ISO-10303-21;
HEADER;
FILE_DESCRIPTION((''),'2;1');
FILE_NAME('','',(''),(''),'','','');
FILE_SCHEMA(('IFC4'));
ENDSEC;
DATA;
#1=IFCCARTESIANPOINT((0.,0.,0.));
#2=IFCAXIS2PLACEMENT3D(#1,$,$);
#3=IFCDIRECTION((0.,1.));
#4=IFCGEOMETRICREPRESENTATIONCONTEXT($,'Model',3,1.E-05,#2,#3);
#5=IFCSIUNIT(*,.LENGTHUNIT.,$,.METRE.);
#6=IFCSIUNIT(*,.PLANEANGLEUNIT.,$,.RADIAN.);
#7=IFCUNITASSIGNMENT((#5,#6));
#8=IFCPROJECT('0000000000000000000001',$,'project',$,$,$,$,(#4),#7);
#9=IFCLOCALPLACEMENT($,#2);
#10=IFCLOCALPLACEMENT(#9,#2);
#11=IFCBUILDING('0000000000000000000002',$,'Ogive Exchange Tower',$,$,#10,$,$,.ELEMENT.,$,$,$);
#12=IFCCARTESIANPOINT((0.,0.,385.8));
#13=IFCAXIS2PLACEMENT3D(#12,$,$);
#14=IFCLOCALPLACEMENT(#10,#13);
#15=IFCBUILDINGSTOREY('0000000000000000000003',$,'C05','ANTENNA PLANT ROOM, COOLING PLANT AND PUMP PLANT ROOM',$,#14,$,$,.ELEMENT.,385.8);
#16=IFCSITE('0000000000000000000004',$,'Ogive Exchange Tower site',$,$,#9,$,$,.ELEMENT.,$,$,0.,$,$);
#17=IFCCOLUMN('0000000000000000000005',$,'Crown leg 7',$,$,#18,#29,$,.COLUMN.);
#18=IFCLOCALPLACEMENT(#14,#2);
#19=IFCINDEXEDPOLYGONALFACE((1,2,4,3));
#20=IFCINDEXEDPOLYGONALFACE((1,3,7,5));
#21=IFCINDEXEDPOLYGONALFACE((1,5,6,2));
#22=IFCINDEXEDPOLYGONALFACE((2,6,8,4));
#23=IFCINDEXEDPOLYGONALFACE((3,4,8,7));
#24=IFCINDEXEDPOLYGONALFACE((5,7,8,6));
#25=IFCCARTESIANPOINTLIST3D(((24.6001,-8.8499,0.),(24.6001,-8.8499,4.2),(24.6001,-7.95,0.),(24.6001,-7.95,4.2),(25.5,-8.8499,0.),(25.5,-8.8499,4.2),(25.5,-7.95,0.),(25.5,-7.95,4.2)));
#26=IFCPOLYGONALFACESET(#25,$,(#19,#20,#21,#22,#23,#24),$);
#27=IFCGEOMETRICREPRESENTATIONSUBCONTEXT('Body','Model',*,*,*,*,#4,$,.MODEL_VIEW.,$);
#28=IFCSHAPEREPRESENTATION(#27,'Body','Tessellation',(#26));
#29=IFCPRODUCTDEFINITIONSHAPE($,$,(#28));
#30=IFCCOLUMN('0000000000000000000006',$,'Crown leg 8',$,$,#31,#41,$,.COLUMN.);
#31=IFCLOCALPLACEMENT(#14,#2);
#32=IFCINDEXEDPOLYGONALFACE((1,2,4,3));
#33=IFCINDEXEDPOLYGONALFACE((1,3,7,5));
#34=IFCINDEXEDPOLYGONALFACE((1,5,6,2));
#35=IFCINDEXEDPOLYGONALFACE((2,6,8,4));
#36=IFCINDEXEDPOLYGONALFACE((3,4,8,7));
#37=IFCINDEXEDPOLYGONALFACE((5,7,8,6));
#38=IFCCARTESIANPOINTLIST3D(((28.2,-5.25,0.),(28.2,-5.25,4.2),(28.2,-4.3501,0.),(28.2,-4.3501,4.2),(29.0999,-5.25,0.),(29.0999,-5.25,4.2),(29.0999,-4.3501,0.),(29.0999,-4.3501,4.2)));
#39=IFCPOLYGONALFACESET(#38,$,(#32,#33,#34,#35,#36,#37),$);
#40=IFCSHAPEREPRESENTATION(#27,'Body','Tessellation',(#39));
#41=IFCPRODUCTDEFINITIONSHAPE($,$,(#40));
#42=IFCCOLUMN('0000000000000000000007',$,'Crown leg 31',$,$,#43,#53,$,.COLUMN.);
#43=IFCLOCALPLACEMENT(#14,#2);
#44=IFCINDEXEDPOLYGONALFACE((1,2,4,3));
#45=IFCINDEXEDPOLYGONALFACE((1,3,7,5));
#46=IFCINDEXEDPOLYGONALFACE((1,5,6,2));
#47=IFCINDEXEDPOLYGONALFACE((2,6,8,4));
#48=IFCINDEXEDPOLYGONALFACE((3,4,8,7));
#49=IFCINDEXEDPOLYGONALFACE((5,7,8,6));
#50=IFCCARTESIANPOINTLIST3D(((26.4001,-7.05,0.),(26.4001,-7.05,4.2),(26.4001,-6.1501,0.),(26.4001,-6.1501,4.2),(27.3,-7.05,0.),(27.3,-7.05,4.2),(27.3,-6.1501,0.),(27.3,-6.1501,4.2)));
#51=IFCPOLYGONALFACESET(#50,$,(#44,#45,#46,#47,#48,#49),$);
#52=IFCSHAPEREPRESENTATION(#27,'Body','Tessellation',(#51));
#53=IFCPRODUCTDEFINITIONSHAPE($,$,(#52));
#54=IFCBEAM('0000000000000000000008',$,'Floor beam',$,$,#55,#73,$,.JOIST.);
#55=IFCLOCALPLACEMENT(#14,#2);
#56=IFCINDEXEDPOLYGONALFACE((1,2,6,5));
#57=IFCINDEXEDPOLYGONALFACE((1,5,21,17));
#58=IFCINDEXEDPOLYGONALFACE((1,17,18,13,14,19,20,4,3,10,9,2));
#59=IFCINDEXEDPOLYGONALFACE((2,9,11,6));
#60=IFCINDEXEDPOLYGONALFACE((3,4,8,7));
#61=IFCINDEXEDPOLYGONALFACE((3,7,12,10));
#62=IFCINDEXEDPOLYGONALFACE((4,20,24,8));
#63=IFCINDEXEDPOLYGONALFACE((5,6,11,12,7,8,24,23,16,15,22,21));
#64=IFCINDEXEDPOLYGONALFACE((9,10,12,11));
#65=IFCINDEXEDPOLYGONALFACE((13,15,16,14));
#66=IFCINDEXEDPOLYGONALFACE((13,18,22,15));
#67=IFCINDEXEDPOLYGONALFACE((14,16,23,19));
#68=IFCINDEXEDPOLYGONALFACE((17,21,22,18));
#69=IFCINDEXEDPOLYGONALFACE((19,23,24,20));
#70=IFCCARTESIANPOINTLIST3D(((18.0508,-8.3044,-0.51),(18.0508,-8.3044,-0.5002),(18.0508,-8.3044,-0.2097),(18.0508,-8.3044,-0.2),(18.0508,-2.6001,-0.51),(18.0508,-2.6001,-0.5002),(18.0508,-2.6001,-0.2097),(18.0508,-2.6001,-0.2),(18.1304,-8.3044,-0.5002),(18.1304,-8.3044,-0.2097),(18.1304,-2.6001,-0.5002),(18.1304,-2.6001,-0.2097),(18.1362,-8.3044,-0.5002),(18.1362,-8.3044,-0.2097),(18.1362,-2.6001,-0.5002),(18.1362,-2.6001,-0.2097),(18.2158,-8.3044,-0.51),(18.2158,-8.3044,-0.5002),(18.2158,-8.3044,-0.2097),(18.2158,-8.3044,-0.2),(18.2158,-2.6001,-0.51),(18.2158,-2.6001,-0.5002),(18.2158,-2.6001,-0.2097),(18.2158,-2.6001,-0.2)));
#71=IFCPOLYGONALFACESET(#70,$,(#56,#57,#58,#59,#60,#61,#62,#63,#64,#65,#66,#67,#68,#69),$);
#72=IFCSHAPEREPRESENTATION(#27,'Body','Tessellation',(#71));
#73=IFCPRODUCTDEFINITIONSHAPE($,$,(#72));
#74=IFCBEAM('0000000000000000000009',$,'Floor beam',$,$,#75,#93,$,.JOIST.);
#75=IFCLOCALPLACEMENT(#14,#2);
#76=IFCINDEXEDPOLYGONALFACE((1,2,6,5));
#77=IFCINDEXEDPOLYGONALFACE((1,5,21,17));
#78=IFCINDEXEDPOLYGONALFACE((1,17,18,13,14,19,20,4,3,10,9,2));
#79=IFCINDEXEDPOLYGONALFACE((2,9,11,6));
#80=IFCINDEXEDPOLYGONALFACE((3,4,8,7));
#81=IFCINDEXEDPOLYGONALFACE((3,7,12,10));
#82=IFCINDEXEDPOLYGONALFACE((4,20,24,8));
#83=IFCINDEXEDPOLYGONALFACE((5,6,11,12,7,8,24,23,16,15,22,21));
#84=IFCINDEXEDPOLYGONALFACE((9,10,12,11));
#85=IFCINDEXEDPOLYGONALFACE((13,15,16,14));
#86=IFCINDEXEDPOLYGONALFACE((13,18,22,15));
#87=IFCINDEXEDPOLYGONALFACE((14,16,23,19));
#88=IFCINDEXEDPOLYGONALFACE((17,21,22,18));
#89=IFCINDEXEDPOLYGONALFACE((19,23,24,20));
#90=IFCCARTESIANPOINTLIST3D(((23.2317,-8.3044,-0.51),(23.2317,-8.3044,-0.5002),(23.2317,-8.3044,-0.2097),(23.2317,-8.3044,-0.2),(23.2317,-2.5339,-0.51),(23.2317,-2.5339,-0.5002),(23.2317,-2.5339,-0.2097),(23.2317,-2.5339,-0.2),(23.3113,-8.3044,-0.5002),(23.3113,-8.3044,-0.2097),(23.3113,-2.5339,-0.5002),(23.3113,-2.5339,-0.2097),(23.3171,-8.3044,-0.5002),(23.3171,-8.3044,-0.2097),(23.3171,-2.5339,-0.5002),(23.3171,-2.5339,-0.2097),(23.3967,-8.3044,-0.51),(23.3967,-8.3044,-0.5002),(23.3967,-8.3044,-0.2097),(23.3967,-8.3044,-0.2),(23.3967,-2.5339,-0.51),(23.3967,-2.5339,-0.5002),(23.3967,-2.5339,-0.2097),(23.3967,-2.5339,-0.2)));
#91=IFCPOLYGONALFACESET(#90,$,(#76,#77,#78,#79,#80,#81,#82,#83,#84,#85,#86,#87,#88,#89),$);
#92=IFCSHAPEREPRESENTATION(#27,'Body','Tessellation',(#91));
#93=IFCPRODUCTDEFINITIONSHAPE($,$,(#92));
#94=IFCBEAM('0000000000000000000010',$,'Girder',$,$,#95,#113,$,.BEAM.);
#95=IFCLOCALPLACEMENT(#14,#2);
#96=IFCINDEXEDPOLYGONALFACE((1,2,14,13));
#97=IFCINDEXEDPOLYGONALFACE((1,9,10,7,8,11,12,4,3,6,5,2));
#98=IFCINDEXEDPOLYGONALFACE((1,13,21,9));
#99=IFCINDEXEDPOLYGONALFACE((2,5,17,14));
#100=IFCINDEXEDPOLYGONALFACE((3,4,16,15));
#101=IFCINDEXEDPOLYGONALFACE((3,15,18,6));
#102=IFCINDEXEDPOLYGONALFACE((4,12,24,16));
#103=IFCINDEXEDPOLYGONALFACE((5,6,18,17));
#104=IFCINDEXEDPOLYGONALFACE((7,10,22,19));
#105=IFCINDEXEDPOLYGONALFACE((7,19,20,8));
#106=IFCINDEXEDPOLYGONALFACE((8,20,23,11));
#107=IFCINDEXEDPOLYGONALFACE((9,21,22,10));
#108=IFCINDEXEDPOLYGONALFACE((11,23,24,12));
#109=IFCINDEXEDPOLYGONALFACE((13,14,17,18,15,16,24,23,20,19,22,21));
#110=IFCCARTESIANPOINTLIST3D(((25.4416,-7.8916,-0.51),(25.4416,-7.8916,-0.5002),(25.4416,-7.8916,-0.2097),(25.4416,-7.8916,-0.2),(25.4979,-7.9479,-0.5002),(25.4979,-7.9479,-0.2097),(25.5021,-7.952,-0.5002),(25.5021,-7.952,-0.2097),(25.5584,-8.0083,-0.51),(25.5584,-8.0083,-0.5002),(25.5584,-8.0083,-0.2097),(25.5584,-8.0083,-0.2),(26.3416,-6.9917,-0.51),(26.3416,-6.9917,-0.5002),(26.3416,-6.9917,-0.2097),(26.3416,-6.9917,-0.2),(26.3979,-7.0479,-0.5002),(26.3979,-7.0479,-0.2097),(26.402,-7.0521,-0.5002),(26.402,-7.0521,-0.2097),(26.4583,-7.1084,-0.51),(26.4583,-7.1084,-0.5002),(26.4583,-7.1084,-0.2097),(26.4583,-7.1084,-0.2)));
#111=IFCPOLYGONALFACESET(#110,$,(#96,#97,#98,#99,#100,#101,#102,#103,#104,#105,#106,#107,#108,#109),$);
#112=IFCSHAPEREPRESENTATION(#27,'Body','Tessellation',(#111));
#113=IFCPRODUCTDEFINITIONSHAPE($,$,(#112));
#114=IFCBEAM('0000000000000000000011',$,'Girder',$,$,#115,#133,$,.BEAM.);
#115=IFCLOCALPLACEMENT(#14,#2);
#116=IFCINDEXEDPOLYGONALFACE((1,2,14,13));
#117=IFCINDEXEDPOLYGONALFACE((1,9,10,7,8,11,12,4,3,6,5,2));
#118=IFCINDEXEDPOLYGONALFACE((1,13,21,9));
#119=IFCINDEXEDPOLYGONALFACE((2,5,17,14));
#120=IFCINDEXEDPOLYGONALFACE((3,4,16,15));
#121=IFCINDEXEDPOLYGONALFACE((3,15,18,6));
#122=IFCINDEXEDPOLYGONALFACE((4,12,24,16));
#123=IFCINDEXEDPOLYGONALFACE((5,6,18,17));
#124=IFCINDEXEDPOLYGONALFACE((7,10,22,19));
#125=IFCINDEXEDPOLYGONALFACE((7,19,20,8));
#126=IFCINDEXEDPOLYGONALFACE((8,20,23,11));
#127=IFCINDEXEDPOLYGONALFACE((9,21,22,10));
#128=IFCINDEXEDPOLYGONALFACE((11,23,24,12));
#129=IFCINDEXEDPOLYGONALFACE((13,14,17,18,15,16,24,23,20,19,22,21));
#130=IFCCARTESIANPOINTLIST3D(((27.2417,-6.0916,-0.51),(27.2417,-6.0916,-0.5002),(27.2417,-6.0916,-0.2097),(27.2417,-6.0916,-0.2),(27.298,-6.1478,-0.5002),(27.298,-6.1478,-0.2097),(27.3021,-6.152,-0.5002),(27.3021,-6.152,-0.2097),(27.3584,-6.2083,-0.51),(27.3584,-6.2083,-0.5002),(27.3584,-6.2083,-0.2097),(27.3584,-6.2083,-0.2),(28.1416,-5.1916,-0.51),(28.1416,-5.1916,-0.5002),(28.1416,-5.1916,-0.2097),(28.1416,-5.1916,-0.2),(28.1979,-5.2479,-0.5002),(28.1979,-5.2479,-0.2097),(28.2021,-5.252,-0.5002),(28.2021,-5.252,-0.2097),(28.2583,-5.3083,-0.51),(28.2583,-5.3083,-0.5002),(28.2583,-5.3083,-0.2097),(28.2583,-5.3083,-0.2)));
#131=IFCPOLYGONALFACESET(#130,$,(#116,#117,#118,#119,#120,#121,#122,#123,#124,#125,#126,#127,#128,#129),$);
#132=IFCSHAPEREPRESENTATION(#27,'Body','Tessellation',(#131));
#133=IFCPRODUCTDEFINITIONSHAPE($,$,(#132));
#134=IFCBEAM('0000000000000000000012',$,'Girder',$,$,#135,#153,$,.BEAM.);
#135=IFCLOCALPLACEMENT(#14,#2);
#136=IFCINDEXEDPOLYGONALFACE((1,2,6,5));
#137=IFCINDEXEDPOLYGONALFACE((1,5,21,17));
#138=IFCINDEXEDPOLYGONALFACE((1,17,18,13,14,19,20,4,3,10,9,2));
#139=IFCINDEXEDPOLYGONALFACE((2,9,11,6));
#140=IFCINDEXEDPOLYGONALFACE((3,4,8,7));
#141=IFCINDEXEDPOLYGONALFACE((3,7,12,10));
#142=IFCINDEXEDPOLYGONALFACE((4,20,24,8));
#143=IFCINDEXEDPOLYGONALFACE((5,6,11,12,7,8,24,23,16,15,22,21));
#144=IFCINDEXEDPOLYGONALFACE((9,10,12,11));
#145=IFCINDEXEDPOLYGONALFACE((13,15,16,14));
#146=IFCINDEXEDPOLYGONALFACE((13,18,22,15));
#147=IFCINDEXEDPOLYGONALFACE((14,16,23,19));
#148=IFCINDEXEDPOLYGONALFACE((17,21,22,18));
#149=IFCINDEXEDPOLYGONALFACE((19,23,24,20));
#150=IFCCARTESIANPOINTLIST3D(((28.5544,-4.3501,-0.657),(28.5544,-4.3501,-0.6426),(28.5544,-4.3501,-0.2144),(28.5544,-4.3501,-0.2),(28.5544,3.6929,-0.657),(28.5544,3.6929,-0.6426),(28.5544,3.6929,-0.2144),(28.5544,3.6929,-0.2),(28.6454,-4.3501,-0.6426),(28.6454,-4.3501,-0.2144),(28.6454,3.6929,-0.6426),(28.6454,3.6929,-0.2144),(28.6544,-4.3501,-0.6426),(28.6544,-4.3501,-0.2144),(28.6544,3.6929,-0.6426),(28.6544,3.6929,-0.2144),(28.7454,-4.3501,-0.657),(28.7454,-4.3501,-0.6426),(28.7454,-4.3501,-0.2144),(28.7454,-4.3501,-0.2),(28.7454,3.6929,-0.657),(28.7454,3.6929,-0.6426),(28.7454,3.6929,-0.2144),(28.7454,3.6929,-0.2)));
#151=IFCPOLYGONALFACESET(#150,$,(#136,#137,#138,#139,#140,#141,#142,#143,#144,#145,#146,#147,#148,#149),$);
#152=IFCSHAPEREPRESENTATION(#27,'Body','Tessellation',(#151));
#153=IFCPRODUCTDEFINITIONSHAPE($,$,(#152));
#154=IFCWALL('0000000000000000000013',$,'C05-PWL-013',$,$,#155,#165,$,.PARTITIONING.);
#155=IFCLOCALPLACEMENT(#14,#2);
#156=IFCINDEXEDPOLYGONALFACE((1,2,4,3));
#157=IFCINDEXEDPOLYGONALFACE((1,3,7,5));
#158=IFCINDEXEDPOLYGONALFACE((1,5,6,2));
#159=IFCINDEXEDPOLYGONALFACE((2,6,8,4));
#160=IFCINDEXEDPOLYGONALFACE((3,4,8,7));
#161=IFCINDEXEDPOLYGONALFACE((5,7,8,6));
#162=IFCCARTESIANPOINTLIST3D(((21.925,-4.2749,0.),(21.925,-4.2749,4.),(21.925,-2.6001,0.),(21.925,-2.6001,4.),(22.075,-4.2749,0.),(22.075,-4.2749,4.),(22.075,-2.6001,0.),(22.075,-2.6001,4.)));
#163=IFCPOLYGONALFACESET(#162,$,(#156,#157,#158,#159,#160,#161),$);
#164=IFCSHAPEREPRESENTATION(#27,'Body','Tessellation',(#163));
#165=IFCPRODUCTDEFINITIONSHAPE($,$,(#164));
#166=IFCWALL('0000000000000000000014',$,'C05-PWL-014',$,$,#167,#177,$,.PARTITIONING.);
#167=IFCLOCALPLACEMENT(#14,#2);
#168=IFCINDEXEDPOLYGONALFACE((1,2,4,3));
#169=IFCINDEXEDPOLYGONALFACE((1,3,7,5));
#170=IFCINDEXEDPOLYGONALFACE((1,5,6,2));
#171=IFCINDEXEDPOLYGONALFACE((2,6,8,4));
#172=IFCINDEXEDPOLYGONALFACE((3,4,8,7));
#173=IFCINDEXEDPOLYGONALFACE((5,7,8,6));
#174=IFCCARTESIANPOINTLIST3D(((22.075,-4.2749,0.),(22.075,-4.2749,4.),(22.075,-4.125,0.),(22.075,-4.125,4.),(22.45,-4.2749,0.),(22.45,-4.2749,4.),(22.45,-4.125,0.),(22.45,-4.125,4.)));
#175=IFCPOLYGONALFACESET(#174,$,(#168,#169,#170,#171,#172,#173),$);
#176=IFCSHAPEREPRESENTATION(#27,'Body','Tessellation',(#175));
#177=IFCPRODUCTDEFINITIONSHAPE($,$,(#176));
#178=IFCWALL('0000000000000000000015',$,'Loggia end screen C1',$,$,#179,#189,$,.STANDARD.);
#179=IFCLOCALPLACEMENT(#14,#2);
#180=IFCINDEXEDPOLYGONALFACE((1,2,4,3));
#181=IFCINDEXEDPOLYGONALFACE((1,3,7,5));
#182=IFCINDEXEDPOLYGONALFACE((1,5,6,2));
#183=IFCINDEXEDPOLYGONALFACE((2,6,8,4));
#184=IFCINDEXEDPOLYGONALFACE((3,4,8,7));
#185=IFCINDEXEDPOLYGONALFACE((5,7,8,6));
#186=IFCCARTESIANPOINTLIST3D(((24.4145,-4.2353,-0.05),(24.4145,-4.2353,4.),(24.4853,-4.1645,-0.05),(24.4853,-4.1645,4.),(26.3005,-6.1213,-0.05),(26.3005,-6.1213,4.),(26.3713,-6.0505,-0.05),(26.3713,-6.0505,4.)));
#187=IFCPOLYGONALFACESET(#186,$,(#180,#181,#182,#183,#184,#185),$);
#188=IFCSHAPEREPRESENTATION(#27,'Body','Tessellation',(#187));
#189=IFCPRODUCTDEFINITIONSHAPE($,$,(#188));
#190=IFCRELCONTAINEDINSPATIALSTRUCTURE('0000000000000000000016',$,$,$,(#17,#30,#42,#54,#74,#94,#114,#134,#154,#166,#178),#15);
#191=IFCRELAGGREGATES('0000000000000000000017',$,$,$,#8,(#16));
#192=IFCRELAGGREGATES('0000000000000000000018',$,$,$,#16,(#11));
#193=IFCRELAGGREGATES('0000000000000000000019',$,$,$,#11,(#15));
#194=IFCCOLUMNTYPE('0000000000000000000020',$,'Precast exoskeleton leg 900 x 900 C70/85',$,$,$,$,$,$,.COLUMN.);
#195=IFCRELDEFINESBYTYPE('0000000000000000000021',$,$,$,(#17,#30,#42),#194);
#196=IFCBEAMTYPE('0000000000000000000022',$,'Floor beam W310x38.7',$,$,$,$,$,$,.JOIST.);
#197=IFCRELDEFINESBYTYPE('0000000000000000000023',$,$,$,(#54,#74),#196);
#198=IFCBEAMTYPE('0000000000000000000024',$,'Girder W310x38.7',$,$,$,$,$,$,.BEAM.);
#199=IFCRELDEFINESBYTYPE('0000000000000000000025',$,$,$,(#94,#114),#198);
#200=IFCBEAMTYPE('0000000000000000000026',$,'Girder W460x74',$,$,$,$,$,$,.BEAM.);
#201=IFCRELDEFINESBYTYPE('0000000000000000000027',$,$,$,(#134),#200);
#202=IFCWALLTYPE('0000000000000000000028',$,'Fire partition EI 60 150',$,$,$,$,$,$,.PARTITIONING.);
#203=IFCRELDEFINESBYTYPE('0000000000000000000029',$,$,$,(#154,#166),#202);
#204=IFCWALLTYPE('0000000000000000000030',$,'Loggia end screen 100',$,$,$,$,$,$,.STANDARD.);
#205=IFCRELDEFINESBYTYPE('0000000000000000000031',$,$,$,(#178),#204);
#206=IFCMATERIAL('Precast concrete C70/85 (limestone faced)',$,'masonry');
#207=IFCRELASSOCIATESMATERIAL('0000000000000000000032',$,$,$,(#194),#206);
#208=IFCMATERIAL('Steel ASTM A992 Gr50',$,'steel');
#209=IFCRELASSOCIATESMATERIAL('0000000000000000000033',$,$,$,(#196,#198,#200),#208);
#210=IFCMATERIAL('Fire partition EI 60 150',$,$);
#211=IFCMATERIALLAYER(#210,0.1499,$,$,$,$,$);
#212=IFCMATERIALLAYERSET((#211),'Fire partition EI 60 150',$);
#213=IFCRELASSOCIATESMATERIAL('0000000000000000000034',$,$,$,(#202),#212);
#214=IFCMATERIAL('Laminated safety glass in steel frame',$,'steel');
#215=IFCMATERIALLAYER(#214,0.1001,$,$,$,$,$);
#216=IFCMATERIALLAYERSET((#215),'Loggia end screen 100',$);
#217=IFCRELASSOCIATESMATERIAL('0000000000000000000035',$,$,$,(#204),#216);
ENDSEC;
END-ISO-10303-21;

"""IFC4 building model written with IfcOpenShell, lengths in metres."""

from ifc_helpers import new_model, si_unit, direction, frame, frame_2d, origin, origin_2d, place, context, subcontext, project, spatial, rectangle, i_section, extrude, material, layer, layer_set, material_profile, profile_set, type_object, element, save


model = new_model("IFC4")

# Units and contexts
model_context = context("Model", 3, precision=1e-05, world=origin(), true_north=direction((0.0, 1.0)))
body_context = subcontext(model_context, "Body", "Model", "MODEL_VIEW")
ifc_project = project(units=[si_unit("LENGTHUNIT", "METRE"), si_unit("PLANEANGLEUNIT", "RADIAN")], contexts=[model_context])

# Site, building, storey
site_placement = place(None, origin())
site = spatial("IfcSite", under=ifc_project, at=site_placement, Name="Ogive Exchange Tower site", CompositionType="ELEMENT", RefElevation=0.0)
building_placement = place(site_placement, origin())
building = spatial("IfcBuilding", under=site, at=building_placement, Name="Ogive Exchange Tower", CompositionType="ELEMENT")
storey_placement = place(building_placement, frame((0.0, 0.0, 385.8)))
storey = spatial("IfcBuildingStorey", under=building, at=storey_placement, Name="C05", Description="ANTENNA PLANT ROOM, COOLING PLANT AND PUMP PLANT ROOM", CompositionType="ELEMENT", Elevation=385.8)

# Columns
ifc_material_1 = material(Name="Precast concrete C70/85 (limestone faced)", Category="masonry")
ifc_material_profile_1 = material_profile(ifc_material_1, rectangle(XDim=0.8999, YDim=0.8999, at=origin_2d()), Name="900 x 900")
ifc_profile_set_1 = profile_set([ifc_material_profile_1], Name="Precast concrete C70/85 (limestone faced)")
column_type = type_object("IfcColumnType", Name="Precast exoskeleton leg 900 x 900 C70/85", PredefinedType="COLUMN", material=ifc_profile_set_1)
for number, where, z_axis, x_axis, name in (
    (1, (25.05, -8.3999, 0.0), (0.0, 0.0, 1.0), (1.0, 0.0, 0.0), "Crown leg 7"),
    (2, (28.6499, -4.8, 0.0), (0.0, 0.0, 1.0), (1.0, 0.0, 0.0), "Crown leg 8"),
    (3, (26.8501, -6.6001, 0.0), (0.0, 0.0, 1.0), (1.0, 0.0, 0.0), "Crown leg 31"),
):
    element("IfcColumn", number, at=place(storey_placement, frame(where, z_axis=z_axis, x_axis=x_axis)), inside=storey, type_object=column_type, Name=name, PredefinedType="COLUMN", context=body_context, shape_type="SweptSolid", body=[
        extrude(rectangle(XDim=0.8999, YDim=0.8999, at=origin_2d()), origin(), (0.0, 0.0, 1.0), 4.2),
    ])

# Beams
ifc_material_2 = material(Name="Steel ASTM A992 Gr50", Category="steel")
ifc_material_profile_2 = material_profile(ifc_material_2, i_section(OverallWidth=0.165, OverallDepth=0.3101, WebThickness=0.0059, FlangeThickness=0.0098, at=origin_2d()), Name="W310x38.7")
ifc_profile_set_2 = profile_set([ifc_material_profile_2], Name="Steel ASTM A992 Gr50")
beam_type_1 = type_object("IfcBeamType", Name="Floor beam W310x38.7", PredefinedType="JOIST", material=ifc_profile_set_2)
beam_1_placement = place(storey_placement, frame((18.1333, -8.3044, -0.355), z_axis=(0.0, 1.0, 0.0), x_axis=(-1.0, 0.0, 0.0)))
element("IfcBeam", 4, at=beam_1_placement, inside=storey, type_object=beam_type_1, Name="Floor beam", PredefinedType="JOIST", context=body_context, shape_type="SweptSolid", body=[
    extrude(i_section(OverallWidth=0.165, OverallDepth=0.3101, WebThickness=0.0059, FlangeThickness=0.0098, at=origin_2d()), origin(), (0.0, 0.0, 1.0), 5.7043),
])
beam_2_placement = place(storey_placement, frame((23.3142, -8.3044, -0.355), z_axis=(0.0, 1.0, 0.0), x_axis=(-1.0, 0.0, 0.0)))
element("IfcBeam", 5, at=beam_2_placement, inside=storey, type_object=beam_type_1, Name="Floor beam", PredefinedType="JOIST", context=body_context, shape_type="SweptSolid", body=[
    extrude(i_section(OverallWidth=0.165, OverallDepth=0.3101, WebThickness=0.0059, FlangeThickness=0.0098, at=origin_2d()), origin(), (0.0, 0.0, 1.0), 5.7705),
])
ifc_material_profile_3 = material_profile(ifc_material_2, i_section(OverallWidth=0.165, OverallDepth=0.3101, WebThickness=0.0059, FlangeThickness=0.0098, at=origin_2d()), Name="W310x38.7")
ifc_profile_set_3 = profile_set([ifc_material_profile_3], Name="Steel ASTM A992 Gr50")
beam_type_2 = type_object("IfcBeamType", Name="Girder W310x38.7", PredefinedType="BEAM", material=ifc_profile_set_3)
for number, where, z_axis, x_axis, name in (
    (6, (25.5, -7.95, -0.355), (0.707107, 0.707107, 0.0), (-0.707107, 0.707107, 0.0), "Girder"),
    (7, (27.3, -6.1499, -0.355), (0.707107, 0.707107, 0.0), (-0.707107, 0.707107, 0.0), "Girder"),
):
    element("IfcBeam", number, at=place(storey_placement, frame(where, z_axis=z_axis, x_axis=x_axis)), inside=storey, type_object=beam_type_2, Name=name, PredefinedType="BEAM", context=body_context, shape_type="SweptSolid", body=[
        extrude(i_section(OverallWidth=0.165, OverallDepth=0.3101, WebThickness=0.0059, FlangeThickness=0.0098, at=origin_2d()), origin(), (0.0, 0.0, 1.0), 1.2727),
    ])
ifc_material_profile_4 = material_profile(ifc_material_2, i_section(OverallWidth=0.1909, OverallDepth=0.457, WebThickness=0.009, FlangeThickness=0.0144, at=origin_2d()), Name="W460x74")
ifc_profile_set_4 = profile_set([ifc_material_profile_4], Name="Steel ASTM A992 Gr50")
beam_type_3 = type_object("IfcBeamType", Name="Girder W460x74", PredefinedType="BEAM", material=ifc_profile_set_4)
beam_3_placement = place(storey_placement, frame((28.6499, -4.3501, -0.4285), z_axis=(0.0, 1.0, 0.0), x_axis=(-1.0, 0.0, 0.0)))
element("IfcBeam", 8, at=beam_3_placement, inside=storey, type_object=beam_type_3, Name="Girder", PredefinedType="BEAM", context=body_context, shape_type="SweptSolid", body=[
    extrude(i_section(OverallWidth=0.1909, OverallDepth=0.457, WebThickness=0.009, FlangeThickness=0.0144, at=origin_2d()), origin(), (0.0, 0.0, 1.0), 8.043),
])

# Walls
ifc_material_3 = material(Name="Fire partition EI 60 150")
ifc_layer_1 = layer(ifc_material_3, 0.1499)
ifc_layer_set_1 = layer_set([ifc_layer_1], Name="Fire partition EI 60 150")
wall_type_1 = type_object("IfcWallType", Name="Fire partition EI 60 150", PredefinedType="PARTITIONING", material=ifc_layer_set_1)
wall_1_placement = place(storey_placement, frame((22.0, -4.2749, 0.0), z_axis=(0.0, 0.0, 1.0), x_axis=(0.0, 1.0, 0.0)))
element("IfcWall", 9, at=wall_1_placement, inside=storey, type_object=wall_type_1, Name="C05-PWL-013", PredefinedType="PARTITIONING", context=body_context, shape_type="SweptSolid", body=[
    extrude(rectangle(XDim=1.6748, YDim=0.1499, at=frame_2d((0.8374, 0.0))), origin(), (0.0, 0.0, 1.0), 4.0),
])
wall_2_placement = place(storey_placement, frame((22.45, -4.2, 0.0), z_axis=(0.0, 0.0, 1.0), x_axis=(-1.0, 0.0, 0.0)))
element("IfcWall", 10, at=wall_2_placement, inside=storey, type_object=wall_type_1, Name="C05-PWL-014", PredefinedType="PARTITIONING", context=body_context, shape_type="SweptSolid", body=[
    extrude(rectangle(XDim=0.375, YDim=0.1499, at=frame_2d((0.1875, 0.0))), origin(), (0.0, 0.0, 1.0), 4.0),
])
ifc_material_4 = material(Name="Laminated safety glass in steel frame", Category="steel")
ifc_layer_2 = layer(ifc_material_4, 0.1001)
ifc_layer_set_2 = layer_set([ifc_layer_2], Name="Loggia end screen 100")
wall_type_2 = type_object("IfcWallType", Name="Loggia end screen 100", PredefinedType="STANDARD", material=ifc_layer_set_2)
wall_3_placement = place(storey_placement, frame((24.45, -4.2, -0.05), z_axis=(0.0, 0.0, 1.0), x_axis=(0.707107, -0.707107, 0.0)))
element("IfcWall", 11, at=wall_3_placement, inside=storey, type_object=wall_type_2, Name="Loggia end screen C1", PredefinedType="STANDARD", context=body_context, shape_type="SweptSolid", body=[
    extrude(rectangle(XDim=2.6672, YDim=0.1001, at=frame_2d((1.3335, 0.0))), origin(), (0.0, 0.0, 1.0), 4.05),
])

save(model, "model.ifc")
